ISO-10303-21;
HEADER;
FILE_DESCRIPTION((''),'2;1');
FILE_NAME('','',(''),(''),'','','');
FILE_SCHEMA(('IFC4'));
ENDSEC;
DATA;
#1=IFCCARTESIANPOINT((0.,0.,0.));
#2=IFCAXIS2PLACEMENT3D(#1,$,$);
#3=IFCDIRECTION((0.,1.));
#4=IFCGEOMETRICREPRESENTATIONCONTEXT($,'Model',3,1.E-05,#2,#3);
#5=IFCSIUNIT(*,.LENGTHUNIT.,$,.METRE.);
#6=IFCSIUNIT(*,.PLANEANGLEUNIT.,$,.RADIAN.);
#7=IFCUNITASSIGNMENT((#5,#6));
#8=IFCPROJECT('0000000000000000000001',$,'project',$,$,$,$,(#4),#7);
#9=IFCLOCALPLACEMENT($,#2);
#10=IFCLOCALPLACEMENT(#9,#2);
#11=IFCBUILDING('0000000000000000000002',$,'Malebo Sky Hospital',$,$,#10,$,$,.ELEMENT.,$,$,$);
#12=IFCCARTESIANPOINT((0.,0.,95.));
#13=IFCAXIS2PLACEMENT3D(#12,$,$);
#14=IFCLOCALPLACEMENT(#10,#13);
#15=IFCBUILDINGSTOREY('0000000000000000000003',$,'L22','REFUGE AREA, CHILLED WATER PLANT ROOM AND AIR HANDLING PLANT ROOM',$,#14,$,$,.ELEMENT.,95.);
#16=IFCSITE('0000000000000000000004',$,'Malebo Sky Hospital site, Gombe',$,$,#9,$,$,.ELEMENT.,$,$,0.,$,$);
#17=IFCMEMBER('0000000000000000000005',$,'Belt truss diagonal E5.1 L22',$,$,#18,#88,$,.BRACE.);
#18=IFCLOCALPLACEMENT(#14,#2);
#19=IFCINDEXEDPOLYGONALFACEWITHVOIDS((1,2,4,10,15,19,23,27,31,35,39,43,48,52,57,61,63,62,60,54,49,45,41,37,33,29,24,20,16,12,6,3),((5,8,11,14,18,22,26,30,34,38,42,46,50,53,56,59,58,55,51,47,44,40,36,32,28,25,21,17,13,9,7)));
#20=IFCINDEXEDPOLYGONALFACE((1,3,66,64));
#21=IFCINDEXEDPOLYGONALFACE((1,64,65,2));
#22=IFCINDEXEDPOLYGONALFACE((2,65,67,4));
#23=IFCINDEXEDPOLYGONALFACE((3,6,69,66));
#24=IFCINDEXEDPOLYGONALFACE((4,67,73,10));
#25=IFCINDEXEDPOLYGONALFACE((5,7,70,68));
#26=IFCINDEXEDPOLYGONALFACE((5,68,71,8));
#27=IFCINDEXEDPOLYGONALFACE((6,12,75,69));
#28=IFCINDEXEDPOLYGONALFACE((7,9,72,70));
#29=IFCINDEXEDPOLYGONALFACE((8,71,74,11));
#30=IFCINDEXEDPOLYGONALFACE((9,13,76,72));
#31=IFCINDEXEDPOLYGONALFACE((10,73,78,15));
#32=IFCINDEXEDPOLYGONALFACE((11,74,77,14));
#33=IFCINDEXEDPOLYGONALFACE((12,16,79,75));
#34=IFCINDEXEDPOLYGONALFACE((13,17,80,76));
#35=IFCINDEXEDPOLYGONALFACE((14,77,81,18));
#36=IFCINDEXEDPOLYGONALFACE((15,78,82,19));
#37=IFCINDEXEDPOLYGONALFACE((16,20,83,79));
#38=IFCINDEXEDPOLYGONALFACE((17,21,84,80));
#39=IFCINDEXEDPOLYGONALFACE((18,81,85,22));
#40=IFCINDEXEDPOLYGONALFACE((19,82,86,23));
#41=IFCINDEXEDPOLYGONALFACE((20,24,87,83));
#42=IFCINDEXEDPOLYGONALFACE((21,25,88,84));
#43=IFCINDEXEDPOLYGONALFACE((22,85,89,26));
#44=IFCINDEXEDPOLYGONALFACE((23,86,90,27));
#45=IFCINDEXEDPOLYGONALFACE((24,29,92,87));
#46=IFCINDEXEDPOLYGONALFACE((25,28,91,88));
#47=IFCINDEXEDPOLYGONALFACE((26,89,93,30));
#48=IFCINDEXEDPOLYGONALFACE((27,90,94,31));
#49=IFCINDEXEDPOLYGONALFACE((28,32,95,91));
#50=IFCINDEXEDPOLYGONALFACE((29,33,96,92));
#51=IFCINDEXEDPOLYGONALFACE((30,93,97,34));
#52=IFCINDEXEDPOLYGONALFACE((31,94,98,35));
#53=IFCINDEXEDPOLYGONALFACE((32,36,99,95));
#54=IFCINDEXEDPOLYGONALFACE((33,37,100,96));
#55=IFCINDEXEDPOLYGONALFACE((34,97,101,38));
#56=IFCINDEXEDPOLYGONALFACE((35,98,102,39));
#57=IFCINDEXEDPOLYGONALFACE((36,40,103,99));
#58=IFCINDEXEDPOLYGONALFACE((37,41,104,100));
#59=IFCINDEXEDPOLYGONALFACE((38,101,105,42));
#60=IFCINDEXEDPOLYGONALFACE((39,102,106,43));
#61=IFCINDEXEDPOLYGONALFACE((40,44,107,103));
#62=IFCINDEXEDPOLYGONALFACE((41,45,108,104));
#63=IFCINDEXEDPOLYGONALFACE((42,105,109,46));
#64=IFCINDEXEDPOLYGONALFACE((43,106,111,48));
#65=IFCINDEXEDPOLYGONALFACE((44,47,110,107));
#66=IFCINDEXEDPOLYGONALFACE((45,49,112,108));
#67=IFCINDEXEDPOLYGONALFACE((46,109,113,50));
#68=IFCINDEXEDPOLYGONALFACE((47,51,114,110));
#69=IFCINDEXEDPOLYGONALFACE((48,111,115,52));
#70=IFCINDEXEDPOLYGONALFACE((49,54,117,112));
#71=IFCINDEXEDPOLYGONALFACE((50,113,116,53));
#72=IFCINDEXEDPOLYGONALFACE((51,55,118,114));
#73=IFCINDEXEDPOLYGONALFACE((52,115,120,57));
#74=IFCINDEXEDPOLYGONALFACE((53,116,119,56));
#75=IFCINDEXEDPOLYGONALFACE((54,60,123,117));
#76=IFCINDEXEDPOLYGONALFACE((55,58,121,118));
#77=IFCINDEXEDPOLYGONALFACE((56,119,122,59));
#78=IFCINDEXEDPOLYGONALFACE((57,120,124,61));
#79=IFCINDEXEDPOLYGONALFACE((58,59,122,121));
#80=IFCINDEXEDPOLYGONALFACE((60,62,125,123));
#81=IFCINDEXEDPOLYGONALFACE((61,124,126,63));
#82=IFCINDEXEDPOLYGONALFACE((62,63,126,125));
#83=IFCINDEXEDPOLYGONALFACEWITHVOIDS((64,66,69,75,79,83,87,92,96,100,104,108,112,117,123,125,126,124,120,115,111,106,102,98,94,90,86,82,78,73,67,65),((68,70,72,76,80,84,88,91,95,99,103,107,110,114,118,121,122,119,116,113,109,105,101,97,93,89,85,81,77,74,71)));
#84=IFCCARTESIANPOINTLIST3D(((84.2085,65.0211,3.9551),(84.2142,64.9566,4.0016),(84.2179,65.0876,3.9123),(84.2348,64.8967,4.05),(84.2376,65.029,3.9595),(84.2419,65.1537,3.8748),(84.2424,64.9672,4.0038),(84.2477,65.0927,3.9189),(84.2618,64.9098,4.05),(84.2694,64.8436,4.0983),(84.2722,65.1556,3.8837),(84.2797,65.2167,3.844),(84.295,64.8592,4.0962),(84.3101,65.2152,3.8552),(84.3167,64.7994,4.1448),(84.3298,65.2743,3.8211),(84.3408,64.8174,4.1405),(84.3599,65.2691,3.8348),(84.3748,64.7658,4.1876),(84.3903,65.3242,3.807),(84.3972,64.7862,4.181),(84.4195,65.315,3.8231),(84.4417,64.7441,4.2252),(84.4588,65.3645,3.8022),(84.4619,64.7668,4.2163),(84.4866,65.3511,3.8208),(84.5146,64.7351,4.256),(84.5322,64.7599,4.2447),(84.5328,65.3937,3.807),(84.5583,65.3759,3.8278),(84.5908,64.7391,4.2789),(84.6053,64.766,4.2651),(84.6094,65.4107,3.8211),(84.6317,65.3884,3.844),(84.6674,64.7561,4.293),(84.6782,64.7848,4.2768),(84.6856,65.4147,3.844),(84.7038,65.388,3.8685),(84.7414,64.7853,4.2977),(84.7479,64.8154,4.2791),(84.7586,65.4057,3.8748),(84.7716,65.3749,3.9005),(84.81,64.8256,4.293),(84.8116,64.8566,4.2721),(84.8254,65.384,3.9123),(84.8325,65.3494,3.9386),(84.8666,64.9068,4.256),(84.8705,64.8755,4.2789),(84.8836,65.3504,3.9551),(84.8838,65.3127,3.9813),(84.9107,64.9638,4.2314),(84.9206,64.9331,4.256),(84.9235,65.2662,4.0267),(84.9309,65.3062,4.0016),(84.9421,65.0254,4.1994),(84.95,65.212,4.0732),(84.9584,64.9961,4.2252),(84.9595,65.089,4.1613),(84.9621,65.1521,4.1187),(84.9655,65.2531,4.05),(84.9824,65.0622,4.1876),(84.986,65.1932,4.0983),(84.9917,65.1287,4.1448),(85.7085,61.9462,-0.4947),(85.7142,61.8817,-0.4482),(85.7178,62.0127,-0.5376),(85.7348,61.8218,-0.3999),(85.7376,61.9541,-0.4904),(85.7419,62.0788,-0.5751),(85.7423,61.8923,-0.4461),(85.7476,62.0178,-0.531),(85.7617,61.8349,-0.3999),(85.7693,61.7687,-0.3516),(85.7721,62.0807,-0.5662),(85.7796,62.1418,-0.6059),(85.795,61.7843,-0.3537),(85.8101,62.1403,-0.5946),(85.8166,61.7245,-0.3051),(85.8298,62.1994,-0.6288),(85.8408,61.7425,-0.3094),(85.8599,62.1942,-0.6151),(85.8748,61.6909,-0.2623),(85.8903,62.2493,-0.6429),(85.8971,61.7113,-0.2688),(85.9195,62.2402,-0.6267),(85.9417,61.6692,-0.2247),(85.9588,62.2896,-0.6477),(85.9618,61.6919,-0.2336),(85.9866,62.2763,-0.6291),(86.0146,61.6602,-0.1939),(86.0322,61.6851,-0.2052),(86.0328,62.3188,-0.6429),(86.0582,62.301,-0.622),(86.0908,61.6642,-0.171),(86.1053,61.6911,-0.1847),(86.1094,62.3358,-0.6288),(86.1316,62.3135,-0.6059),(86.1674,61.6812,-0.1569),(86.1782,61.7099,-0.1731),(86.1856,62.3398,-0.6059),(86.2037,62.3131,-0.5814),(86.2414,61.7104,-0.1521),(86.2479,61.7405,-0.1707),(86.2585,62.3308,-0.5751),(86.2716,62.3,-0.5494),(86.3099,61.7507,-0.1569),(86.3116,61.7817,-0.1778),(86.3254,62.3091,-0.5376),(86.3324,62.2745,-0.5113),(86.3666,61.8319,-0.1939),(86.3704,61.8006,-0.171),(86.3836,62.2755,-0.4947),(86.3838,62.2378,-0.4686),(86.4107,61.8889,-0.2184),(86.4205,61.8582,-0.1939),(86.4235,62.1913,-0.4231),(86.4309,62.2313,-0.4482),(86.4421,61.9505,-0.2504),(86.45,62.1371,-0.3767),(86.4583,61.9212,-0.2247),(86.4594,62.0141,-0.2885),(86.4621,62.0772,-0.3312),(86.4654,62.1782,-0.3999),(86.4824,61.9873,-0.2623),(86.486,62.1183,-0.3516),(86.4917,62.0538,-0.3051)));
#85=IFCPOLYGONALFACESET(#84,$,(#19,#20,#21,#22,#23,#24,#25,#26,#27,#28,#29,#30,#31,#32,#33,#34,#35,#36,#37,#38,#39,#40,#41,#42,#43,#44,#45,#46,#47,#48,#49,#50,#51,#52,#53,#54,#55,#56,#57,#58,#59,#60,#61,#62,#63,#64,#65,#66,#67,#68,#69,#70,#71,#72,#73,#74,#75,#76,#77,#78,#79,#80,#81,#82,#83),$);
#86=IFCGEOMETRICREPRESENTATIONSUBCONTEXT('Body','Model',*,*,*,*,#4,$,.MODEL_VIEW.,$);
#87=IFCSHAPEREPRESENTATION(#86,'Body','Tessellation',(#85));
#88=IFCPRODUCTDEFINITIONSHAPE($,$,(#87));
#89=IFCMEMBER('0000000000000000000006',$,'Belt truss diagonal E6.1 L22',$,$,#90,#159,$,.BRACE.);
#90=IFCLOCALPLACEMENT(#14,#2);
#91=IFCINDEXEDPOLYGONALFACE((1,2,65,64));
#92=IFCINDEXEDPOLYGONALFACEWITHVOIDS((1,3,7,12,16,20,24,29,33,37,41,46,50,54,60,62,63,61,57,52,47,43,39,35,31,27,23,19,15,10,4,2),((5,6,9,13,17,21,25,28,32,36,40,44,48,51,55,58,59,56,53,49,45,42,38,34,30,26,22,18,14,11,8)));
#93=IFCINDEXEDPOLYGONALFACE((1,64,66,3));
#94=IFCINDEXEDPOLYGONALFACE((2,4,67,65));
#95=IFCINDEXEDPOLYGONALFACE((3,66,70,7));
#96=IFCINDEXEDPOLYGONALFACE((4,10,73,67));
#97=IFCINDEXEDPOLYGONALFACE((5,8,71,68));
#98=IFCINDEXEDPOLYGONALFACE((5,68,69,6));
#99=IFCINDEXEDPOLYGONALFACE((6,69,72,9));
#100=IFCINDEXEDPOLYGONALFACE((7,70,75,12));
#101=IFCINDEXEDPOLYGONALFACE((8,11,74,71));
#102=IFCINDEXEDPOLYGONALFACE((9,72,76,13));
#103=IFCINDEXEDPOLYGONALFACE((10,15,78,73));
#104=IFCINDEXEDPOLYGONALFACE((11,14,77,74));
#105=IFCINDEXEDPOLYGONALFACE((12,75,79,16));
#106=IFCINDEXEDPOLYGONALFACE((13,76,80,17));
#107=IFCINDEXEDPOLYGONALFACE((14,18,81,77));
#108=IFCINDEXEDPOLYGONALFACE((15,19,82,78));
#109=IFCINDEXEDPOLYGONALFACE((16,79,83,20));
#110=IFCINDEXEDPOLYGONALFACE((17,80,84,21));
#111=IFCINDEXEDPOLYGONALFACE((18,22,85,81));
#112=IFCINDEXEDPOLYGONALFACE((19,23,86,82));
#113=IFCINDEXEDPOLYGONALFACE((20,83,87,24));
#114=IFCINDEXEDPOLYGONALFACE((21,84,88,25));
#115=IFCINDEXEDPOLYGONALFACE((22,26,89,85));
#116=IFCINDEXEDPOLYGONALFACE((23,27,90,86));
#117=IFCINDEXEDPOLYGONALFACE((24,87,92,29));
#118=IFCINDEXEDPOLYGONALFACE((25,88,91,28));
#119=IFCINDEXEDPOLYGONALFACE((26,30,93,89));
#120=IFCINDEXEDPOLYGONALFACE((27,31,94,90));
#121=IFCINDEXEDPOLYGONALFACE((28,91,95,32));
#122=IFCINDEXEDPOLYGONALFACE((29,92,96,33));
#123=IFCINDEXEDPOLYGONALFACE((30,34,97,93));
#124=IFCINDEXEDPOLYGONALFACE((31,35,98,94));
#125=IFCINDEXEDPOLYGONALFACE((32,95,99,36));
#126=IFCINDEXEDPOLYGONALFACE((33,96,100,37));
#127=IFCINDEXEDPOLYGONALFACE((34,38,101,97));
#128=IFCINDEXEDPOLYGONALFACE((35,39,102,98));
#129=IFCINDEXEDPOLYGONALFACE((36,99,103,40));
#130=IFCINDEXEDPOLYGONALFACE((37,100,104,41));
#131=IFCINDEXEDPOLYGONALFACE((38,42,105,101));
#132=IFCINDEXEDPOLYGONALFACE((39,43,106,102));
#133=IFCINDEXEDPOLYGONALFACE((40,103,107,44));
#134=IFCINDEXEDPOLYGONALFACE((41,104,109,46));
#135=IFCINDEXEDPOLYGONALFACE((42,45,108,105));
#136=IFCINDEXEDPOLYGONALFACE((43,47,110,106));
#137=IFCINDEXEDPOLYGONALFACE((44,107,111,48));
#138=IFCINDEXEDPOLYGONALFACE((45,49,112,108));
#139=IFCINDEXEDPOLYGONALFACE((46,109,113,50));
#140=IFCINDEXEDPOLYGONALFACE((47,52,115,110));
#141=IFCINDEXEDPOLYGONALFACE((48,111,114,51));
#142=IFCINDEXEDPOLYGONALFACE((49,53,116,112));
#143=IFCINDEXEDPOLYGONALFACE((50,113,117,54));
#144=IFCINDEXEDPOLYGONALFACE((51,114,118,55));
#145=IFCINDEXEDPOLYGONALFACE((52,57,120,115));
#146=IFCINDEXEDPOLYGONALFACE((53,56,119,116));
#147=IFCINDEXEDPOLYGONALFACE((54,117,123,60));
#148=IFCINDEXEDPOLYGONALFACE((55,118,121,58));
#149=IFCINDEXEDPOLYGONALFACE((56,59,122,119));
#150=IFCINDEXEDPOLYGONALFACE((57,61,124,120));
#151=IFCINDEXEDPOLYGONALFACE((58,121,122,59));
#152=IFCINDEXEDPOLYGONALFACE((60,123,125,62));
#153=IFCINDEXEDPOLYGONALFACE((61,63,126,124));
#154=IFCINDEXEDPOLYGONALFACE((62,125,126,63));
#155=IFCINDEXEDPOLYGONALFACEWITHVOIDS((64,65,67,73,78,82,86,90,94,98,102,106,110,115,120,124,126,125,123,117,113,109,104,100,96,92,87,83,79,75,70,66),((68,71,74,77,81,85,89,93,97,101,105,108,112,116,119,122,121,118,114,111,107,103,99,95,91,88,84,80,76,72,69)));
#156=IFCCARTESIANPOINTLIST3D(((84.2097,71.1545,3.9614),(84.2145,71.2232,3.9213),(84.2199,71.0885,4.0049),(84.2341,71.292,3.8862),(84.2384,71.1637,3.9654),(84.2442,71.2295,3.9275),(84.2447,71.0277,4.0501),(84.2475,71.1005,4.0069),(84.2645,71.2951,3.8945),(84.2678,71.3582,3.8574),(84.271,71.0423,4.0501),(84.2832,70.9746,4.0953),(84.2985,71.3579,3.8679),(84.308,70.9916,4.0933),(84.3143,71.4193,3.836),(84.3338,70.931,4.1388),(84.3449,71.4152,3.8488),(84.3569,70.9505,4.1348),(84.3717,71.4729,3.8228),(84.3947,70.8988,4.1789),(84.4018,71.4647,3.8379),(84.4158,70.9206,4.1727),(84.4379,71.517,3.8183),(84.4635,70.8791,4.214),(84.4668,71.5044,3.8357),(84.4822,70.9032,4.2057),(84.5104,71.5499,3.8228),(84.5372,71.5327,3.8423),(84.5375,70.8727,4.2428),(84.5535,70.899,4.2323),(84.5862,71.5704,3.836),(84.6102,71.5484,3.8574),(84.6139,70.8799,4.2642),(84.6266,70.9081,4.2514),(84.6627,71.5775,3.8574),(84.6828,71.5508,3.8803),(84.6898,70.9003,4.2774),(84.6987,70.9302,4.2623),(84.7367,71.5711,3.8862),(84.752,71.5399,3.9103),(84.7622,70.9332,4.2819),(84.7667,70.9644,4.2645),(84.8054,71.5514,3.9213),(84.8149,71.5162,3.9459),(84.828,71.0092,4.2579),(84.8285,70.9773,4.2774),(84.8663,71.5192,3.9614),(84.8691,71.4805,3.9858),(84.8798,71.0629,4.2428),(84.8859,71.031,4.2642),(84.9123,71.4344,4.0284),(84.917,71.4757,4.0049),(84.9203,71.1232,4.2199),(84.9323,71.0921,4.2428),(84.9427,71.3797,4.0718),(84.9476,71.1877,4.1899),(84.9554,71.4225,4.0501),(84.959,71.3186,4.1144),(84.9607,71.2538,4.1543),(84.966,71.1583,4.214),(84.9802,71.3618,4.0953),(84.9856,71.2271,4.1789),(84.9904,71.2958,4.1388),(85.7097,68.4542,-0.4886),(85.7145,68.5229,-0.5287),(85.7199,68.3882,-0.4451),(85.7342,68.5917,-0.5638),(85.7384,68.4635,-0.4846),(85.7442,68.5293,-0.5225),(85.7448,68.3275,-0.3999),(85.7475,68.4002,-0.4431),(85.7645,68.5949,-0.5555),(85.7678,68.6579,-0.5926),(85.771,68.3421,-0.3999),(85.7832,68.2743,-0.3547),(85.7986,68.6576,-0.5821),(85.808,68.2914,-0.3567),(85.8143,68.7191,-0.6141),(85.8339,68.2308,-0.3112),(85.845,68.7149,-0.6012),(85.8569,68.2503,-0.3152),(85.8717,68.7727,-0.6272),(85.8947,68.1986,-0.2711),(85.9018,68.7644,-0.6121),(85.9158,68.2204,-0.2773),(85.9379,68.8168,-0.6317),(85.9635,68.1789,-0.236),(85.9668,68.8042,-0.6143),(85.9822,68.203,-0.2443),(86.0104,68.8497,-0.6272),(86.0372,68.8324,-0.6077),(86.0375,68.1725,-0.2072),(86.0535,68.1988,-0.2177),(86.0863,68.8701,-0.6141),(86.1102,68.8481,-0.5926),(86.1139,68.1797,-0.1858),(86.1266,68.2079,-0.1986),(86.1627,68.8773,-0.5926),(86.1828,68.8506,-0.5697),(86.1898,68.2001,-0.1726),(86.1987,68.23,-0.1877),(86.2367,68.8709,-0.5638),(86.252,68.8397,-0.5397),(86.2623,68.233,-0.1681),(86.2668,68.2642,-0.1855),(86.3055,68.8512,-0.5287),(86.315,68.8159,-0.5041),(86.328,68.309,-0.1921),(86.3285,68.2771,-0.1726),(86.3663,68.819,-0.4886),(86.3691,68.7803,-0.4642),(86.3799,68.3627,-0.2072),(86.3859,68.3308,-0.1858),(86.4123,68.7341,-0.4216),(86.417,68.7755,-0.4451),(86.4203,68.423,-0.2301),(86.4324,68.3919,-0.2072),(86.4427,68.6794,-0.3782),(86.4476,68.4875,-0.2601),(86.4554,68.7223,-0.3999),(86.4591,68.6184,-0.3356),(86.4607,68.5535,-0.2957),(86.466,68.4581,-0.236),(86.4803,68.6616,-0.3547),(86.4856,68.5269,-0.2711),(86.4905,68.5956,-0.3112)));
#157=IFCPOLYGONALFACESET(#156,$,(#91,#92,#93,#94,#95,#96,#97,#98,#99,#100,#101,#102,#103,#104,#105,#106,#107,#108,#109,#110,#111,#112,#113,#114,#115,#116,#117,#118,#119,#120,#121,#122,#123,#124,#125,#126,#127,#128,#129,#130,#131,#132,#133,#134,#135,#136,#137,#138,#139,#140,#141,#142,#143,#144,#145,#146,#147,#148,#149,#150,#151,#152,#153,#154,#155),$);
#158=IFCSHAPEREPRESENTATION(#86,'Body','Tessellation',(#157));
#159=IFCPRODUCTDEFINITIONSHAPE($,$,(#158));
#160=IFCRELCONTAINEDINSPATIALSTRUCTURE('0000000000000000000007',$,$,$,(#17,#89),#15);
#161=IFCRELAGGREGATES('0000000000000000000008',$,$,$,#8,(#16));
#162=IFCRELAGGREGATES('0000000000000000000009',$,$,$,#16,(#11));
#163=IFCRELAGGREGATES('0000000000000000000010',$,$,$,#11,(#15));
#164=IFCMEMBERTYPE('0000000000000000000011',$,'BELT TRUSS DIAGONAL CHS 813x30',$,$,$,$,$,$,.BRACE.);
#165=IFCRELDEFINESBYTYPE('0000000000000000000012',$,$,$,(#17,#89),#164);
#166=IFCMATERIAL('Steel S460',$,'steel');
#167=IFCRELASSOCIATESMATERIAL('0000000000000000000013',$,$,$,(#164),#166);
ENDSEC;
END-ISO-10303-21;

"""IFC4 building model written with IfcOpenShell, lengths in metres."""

from ifc_helpers import new_model, si_unit, direction, frame, origin, origin_2d, place, context, subcontext, project, spatial, hollow_circle, extrude, material, material_profile, profile_set, type_object, element, save


model = new_model("IFC4")

# Units and contexts
model_context = context("Model", 3, precision=1e-05, world=origin(), true_north=direction((0.0, 1.0)))
body_context = subcontext(model_context, "Body", "Model", "MODEL_VIEW")
ifc_project = project(units=[si_unit("LENGTHUNIT", "METRE"), si_unit("PLANEANGLEUNIT", "RADIAN")], contexts=[model_context])

# Site, building, storey
site_placement = place(None, origin())
site = spatial("IfcSite", under=ifc_project, at=site_placement, Name="Malebo Sky Hospital site, Gombe", CompositionType="ELEMENT", RefElevation=0.0)
building_placement = place(site_placement, origin())
building = spatial("IfcBuilding", under=site, at=building_placement, Name="Malebo Sky Hospital", CompositionType="ELEMENT")
storey_placement = place(building_placement, frame((0.0, 0.0, 95.0)))
storey = spatial("IfcBuildingStorey", under=building, at=storey_placement, Name="L22", Description="REFUGE AREA, CHILLED WATER PLANT ROOM AND AIR HANDLING PLANT ROOM", CompositionType="ELEMENT", Elevation=95.0)

# Members
ifc_material_1 = material(Name="Steel S460", Category="steel")
ifc_material_profile_1 = material_profile(ifc_material_1, hollow_circle(Radius=0.4065, WallThickness=0.03, at=origin_2d()), Name="CHS 813x30")
ifc_profile_set_1 = profile_set([ifc_material_profile_1], Name="Steel S460")
member_type_1 = type_object("IfcMemberType", Name="BELT TRUSS DIAGONAL CHS 813x30", PredefinedType="BRACE", material=ifc_profile_set_1)
member_1_placement = place(storey_placement, frame((86.1001, 62.0, -0.3999), z_axis=(-0.26723, 0.547813, 0.792773), x_axis=(-0.898766, -0.438429, 0.0)))
element("IfcMember", 1, at=member_1_placement, inside=storey, type_object=member_type_1, Name="Belt truss diagonal E5.1 L22", PredefinedType="BRACE", context=body_context, shape_type="SweptSolid", body=[
    extrude(hollow_circle(Radius=0.4065, WallThickness=0.03, at=origin_2d()), origin(), (0.0, 0.0, 1.0), 5.613),
])
member_2_placement = place(storey_placement, frame((86.1001, 68.5249, -0.3999), z_axis=(-0.27691, 0.498473, 0.82149), x_axis=(-0.874172, -0.485616, 0.0)))
element("IfcMember", 2, at=member_2_placement, inside=storey, type_object=member_type_1, Name="Belt truss diagonal E6.1 L22", PredefinedType="BRACE", context=body_context, shape_type="SweptSolid", body=[
    extrude(hollow_circle(Radius=0.4065, WallThickness=0.03, at=origin_2d()), origin(), (0.0, 0.0, 1.0), 5.417),
])

save(model, "model.ifc")
